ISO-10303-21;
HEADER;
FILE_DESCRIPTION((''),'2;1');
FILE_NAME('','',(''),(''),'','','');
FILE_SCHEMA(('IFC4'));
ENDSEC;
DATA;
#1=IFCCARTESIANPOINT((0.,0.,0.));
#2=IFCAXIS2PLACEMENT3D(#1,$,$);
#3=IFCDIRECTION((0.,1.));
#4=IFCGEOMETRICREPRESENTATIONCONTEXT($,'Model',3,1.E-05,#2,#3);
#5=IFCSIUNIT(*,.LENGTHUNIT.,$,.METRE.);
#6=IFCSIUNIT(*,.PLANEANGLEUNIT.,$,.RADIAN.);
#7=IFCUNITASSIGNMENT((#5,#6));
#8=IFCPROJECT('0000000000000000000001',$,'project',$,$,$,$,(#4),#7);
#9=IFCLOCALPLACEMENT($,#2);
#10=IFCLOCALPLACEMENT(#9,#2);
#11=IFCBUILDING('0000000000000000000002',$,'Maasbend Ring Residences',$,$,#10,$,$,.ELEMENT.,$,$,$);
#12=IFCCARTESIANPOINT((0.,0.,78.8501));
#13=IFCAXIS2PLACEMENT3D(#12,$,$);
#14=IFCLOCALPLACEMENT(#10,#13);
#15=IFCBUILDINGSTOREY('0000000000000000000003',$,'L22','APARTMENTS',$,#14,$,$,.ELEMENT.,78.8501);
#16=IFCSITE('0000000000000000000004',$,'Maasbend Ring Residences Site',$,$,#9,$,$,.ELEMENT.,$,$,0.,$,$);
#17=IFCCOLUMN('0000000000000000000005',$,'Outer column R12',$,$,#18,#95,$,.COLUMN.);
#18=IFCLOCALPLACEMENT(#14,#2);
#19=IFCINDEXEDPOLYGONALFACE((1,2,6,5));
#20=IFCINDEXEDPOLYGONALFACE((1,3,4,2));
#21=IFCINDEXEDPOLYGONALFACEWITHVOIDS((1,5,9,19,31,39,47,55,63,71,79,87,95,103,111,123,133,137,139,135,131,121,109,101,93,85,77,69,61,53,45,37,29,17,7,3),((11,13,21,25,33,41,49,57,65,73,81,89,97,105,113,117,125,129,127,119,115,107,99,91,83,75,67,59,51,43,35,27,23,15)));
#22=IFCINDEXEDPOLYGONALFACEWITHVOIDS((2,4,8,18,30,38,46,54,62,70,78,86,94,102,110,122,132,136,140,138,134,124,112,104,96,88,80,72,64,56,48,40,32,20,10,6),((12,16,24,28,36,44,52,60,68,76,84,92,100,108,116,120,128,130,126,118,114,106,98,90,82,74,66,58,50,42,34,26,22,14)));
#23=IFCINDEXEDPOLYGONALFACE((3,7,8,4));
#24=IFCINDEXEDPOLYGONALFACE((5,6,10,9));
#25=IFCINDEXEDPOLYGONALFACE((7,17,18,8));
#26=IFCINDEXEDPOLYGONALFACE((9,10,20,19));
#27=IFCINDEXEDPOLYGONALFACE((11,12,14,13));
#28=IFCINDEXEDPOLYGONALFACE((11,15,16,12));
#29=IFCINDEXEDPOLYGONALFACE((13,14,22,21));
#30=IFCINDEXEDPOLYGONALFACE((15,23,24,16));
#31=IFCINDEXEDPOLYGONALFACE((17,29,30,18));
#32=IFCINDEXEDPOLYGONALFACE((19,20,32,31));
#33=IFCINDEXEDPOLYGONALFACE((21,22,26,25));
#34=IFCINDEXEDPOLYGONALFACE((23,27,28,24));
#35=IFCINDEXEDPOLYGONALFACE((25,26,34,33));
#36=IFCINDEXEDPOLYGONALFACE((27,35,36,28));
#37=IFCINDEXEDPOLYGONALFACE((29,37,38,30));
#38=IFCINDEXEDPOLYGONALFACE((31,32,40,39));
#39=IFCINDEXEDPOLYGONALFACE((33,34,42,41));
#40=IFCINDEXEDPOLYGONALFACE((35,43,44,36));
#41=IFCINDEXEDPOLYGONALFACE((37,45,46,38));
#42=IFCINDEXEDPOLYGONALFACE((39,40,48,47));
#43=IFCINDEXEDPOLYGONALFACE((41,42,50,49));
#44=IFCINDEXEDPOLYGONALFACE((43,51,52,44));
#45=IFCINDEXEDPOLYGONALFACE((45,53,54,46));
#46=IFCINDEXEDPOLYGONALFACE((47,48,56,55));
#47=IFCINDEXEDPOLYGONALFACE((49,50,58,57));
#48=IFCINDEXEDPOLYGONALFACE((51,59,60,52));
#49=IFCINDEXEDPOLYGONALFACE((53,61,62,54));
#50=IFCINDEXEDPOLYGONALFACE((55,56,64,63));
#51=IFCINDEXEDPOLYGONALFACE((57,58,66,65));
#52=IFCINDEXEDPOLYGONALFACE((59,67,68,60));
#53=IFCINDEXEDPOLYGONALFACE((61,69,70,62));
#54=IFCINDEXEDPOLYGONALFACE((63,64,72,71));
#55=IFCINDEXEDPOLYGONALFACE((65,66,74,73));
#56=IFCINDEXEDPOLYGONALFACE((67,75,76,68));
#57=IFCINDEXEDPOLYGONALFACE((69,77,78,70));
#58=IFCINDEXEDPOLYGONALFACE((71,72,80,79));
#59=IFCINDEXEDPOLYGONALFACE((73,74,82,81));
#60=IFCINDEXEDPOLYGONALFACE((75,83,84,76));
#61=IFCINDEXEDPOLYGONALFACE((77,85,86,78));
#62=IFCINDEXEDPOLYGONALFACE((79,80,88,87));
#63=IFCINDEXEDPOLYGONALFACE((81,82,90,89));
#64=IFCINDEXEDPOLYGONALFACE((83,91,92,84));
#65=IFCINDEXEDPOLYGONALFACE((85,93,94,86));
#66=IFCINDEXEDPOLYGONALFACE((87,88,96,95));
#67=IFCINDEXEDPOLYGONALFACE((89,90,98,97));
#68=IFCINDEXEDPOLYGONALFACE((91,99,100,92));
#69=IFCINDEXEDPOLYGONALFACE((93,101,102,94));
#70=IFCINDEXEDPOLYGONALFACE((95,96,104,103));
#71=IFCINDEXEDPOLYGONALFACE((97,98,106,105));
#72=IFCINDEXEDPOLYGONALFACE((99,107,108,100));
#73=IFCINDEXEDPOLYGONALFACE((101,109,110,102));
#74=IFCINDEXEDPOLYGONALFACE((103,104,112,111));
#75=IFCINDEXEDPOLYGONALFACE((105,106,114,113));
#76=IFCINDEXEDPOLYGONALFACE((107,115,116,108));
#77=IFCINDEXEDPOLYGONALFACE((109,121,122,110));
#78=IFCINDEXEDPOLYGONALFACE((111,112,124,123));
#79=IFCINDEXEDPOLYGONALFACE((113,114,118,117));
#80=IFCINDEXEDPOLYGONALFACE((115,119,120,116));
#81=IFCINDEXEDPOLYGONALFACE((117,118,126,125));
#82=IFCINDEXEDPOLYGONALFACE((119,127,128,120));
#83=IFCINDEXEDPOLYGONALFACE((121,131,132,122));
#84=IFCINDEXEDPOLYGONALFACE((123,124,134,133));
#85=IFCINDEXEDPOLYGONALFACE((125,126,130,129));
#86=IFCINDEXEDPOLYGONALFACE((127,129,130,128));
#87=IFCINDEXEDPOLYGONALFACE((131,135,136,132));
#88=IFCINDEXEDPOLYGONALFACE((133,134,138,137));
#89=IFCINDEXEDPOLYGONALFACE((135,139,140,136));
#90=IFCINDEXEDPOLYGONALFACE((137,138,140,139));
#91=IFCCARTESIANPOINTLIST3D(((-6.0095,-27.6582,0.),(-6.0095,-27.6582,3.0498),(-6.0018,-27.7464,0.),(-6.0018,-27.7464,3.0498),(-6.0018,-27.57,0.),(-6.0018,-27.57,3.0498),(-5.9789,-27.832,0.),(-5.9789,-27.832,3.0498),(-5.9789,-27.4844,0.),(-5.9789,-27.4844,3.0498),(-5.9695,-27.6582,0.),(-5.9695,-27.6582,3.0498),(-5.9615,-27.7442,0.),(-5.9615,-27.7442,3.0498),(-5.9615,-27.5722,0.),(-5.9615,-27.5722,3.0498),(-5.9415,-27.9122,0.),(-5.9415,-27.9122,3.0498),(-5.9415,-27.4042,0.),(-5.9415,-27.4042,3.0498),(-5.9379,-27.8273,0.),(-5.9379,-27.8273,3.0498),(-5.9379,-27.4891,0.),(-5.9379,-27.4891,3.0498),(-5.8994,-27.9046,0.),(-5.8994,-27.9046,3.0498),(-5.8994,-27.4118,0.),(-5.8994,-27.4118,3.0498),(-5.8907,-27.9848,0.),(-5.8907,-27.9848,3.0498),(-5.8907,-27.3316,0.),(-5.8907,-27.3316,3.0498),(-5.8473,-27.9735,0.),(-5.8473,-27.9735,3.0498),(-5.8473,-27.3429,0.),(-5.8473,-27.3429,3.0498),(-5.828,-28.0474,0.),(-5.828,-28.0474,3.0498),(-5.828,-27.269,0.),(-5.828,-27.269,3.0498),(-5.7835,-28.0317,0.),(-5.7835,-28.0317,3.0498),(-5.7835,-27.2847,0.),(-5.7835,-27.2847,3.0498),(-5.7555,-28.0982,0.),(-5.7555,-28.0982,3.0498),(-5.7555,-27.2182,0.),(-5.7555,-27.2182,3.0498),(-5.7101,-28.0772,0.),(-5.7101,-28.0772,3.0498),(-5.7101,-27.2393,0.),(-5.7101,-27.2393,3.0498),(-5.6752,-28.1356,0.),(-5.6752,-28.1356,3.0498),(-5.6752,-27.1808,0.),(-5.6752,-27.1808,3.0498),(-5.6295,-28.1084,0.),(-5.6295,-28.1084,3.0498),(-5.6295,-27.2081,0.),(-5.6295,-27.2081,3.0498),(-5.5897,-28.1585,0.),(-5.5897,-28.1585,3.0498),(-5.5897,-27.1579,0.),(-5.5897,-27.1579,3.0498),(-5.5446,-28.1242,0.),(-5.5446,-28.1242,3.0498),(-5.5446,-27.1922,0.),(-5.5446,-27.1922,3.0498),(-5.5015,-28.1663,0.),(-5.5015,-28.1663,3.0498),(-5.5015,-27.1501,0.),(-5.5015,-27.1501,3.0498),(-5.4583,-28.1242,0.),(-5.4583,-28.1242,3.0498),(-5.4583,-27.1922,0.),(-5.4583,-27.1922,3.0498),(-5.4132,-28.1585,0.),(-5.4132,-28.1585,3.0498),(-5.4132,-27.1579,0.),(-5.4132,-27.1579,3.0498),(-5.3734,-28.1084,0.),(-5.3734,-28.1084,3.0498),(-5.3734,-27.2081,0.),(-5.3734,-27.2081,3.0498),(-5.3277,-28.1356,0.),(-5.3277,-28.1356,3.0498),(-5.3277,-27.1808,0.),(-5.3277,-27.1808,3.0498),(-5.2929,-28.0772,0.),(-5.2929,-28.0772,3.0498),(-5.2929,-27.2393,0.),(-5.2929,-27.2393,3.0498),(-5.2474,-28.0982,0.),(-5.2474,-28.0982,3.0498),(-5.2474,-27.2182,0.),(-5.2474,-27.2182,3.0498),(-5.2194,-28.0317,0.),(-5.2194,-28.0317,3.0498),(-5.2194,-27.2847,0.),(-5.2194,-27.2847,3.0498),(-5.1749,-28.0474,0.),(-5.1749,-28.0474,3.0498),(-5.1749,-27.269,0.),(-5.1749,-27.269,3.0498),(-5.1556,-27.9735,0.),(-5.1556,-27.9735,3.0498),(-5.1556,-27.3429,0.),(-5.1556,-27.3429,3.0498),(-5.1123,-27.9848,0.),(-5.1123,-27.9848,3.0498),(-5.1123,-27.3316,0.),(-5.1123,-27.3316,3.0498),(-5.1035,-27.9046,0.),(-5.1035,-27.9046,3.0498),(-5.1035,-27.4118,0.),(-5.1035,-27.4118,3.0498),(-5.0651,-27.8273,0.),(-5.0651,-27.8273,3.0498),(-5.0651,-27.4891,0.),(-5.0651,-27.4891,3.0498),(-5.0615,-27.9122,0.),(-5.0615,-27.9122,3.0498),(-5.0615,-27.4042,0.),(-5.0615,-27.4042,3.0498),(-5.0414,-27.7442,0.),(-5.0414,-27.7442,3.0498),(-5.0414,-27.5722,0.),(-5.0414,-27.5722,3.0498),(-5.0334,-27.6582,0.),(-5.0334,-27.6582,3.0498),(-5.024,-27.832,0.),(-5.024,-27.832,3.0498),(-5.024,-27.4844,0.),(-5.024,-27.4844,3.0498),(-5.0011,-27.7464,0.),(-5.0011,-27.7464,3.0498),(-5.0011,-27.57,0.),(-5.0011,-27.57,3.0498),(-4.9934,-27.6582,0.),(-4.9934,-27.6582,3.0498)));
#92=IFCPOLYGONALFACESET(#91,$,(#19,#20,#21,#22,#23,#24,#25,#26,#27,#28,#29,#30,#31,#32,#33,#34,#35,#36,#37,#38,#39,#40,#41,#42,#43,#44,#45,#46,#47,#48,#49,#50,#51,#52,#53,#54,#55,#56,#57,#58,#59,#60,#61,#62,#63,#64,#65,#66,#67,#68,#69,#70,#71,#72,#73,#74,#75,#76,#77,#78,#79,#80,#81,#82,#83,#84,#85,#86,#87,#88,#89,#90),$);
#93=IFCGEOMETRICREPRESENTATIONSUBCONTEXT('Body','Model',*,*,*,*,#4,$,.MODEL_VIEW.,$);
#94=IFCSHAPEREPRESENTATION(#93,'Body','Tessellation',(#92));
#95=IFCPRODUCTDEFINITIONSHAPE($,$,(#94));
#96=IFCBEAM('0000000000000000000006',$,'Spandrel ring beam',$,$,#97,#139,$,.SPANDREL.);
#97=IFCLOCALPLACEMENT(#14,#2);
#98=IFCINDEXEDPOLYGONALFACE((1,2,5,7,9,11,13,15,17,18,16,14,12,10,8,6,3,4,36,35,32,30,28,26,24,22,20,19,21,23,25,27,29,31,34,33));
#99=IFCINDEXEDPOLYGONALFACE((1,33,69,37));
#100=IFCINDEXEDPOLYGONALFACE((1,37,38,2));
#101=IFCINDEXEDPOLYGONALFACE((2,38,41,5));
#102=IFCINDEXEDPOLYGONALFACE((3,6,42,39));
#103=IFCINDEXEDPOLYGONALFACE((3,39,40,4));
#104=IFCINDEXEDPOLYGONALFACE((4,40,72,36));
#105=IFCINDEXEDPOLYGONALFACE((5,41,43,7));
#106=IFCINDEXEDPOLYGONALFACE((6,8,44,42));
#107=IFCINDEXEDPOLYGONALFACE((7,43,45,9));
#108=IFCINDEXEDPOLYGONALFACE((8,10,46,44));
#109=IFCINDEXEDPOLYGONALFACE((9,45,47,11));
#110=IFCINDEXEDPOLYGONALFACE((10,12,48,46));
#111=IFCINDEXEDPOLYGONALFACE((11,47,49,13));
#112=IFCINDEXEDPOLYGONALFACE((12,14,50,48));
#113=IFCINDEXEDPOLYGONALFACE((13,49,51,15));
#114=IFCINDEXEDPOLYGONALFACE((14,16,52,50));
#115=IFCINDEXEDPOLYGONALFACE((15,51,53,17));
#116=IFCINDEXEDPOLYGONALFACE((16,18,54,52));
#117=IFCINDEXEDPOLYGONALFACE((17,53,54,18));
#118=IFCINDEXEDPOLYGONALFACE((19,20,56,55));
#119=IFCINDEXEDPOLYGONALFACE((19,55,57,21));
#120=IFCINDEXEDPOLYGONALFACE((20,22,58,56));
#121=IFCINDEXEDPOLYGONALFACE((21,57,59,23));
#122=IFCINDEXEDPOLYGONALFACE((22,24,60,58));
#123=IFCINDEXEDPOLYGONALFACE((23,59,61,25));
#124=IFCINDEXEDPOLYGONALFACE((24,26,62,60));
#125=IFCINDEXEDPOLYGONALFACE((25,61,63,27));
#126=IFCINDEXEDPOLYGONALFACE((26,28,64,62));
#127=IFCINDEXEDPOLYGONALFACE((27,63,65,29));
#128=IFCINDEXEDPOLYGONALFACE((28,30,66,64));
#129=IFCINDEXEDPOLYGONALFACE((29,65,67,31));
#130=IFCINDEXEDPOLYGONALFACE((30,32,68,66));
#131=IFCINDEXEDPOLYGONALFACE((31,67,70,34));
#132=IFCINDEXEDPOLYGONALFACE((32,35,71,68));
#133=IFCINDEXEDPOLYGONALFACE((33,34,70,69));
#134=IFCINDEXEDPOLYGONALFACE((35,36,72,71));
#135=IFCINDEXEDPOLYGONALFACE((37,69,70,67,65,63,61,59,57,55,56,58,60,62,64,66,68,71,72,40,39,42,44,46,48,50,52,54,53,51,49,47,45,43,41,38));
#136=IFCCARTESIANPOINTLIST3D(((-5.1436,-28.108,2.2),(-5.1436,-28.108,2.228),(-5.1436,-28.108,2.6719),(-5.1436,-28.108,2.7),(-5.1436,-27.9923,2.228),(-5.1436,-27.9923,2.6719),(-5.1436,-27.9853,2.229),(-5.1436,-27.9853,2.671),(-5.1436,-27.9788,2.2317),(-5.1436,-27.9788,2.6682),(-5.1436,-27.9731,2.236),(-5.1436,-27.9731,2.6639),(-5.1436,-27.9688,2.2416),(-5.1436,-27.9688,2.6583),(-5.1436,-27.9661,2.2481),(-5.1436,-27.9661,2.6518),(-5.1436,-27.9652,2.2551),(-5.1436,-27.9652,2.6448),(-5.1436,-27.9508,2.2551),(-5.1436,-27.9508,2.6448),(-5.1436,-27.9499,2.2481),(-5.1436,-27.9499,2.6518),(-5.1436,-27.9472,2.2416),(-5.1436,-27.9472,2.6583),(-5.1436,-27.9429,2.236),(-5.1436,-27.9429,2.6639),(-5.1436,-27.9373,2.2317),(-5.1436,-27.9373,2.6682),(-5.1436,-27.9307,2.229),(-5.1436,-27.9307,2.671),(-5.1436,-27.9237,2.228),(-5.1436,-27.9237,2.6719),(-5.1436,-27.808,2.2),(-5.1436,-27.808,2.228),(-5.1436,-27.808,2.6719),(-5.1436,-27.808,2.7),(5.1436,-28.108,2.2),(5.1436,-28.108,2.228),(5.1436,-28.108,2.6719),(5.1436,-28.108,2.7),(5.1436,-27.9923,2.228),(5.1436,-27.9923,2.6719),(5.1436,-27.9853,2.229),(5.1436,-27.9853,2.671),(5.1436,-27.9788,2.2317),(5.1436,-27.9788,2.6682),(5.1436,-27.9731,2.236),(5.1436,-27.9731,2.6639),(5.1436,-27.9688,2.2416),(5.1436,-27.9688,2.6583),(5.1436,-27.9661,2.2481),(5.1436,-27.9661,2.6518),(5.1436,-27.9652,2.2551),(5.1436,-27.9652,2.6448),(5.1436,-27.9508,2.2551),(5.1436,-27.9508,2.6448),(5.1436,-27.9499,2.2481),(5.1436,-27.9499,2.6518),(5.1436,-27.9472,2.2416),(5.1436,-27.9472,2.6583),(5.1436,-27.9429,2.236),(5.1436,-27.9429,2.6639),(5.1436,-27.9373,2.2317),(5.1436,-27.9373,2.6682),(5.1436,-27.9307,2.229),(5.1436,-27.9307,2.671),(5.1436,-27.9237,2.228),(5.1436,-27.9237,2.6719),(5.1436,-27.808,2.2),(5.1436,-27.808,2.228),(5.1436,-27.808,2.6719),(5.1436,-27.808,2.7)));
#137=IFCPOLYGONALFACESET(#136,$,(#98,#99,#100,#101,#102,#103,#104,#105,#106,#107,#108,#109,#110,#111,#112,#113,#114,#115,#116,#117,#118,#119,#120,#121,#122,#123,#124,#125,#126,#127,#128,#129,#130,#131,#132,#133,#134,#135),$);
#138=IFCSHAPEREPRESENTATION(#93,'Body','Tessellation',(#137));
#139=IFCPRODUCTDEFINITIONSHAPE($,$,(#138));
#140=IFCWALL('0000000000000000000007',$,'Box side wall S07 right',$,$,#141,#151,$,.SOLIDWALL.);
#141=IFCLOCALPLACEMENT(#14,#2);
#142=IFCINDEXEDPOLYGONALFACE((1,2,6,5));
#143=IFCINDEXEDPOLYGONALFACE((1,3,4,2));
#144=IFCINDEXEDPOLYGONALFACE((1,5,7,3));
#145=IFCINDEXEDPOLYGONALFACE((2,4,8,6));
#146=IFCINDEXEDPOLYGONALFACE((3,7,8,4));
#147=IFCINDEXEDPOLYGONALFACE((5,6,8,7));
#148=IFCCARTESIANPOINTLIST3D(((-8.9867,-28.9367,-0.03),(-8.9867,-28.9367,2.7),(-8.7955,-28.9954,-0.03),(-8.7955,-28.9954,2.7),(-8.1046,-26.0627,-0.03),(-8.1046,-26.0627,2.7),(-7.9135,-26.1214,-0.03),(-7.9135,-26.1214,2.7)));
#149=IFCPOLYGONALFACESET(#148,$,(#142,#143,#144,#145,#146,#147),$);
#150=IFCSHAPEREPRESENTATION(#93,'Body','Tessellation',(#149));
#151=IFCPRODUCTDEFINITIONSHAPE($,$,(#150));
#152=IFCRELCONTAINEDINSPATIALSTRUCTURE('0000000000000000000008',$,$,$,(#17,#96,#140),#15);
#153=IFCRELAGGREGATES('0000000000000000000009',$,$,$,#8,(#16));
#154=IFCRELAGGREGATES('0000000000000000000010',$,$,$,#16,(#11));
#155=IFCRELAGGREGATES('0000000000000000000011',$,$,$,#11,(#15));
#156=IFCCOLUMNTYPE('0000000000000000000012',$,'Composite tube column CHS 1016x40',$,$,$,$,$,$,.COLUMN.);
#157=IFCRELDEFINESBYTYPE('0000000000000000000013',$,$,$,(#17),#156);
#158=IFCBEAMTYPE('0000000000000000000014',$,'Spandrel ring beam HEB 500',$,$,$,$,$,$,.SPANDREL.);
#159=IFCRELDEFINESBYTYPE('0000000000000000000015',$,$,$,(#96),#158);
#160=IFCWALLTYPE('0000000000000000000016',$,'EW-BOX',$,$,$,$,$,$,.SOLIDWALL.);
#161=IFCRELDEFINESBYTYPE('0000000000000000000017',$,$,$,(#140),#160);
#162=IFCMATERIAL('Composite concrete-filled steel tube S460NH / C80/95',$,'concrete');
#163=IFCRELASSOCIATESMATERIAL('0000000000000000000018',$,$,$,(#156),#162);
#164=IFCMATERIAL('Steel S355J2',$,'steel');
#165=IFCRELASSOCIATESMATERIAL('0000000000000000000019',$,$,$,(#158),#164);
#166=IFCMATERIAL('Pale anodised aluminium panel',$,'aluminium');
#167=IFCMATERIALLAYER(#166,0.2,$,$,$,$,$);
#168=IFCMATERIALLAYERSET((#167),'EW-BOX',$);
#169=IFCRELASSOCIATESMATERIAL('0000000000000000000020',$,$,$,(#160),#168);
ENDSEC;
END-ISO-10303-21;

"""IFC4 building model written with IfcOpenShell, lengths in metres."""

from ifc_helpers import new_model, si_unit, direction, frame, frame_2d, origin, origin_2d, place, context, subcontext, project, spatial, rectangle, hollow_circle, i_section, extrude, material, layer, layer_set, material_profile, profile_set, type_object, element, save


model = new_model("IFC4")

# Units and contexts
model_context = context("Model", 3, precision=1e-05, world=origin(), true_north=direction((0.0, 1.0)))
body_context = subcontext(model_context, "Body", "Model", "MODEL_VIEW")
ifc_project = project(units=[si_unit("LENGTHUNIT", "METRE"), si_unit("PLANEANGLEUNIT", "RADIAN")], contexts=[model_context])

# Site, building, storey
site_placement = place(None, origin())
site = spatial("IfcSite", under=ifc_project, at=site_placement, Name="Maasbend Ring Residences Site", CompositionType="ELEMENT", RefElevation=0.0)
building_placement = place(site_placement, origin())
building = spatial("IfcBuilding", under=site, at=building_placement, Name="Maasbend Ring Residences", CompositionType="ELEMENT")
storey_placement = place(building_placement, frame((0.0, 0.0, 78.8501)))
storey = spatial("IfcBuildingStorey", under=building, at=storey_placement, Name="L22", Description="APARTMENTS", CompositionType="ELEMENT", Elevation=78.8501)

# Column
ifc_material_1 = material(Name="Composite concrete-filled steel tube S460NH / C80/95", Category="concrete")
ifc_material_profile_1 = material_profile(ifc_material_1, hollow_circle(Radius=0.5081, WallThickness=0.04, at=origin_2d()), Name="Composite tube column CHS 1016x40")
ifc_profile_set_1 = profile_set([ifc_material_profile_1], Name="Composite concrete-filled steel tube S460NH / C80/95")
column_type = type_object("IfcColumnType", Name="Composite tube column CHS 1016x40", PredefinedType="COLUMN", material=ifc_profile_set_1)
column_placement = place(storey_placement, frame((-5.5015, -27.6582, 0.0), z_axis=(0.0, 0.0, 1.0), x_axis=(1.0, 0.0, 0.0)))
element("IfcColumn", 1, at=column_placement, inside=storey, type_object=column_type, Name="Outer column R12", PredefinedType="COLUMN", context=body_context, shape_type="SweptSolid", body=[
    extrude(hollow_circle(Radius=0.5081, WallThickness=0.04, at=origin_2d()), origin(), (0.0, 0.0, 1.0), 3.0498),
])

# Beam
ifc_material_2 = material(Name="Steel S355J2", Category="steel")
ifc_material_profile_2 = material_profile(ifc_material_2, i_section(OverallWidth=0.3, OverallDepth=0.5, WebThickness=0.0144, FlangeThickness=0.0281, FilletRadius=0.0271, at=origin_2d()), Name="HEB 500")
ifc_profile_set_2 = profile_set([ifc_material_profile_2], Name="Steel S355J2")
beam_type = type_object("IfcBeamType", Name="Spandrel ring beam HEB 500", PredefinedType="SPANDREL", material=ifc_profile_set_2)
beam_placement = place(storey_placement, frame((-5.1436, -27.958, 2.45), z_axis=(1.0, 0.0, 0.0), x_axis=(0.0, 1.0, 0.0)))
element("IfcBeam", 2, at=beam_placement, inside=storey, type_object=beam_type, Name="Spandrel ring beam", PredefinedType="SPANDREL", context=body_context, shape_type="SweptSolid", body=[
    extrude(i_section(OverallWidth=0.3, OverallDepth=0.5, WebThickness=0.0144, FlangeThickness=0.0281, FilletRadius=0.0271, at=origin_2d()), origin(), (0.0, 0.0, 1.0), 10.2871),
])

# Wall
ifc_material_3 = material(Name="Pale anodised aluminium panel", Category="aluminium")
ifc_layer_1 = layer(ifc_material_3, 0.2)
ifc_layer_set_1 = layer_set([ifc_layer_1], Name="EW-BOX")
wall_type_1 = type_object("IfcWallType", Name="EW-BOX", PredefinedType="SOLIDWALL", material=ifc_layer_set_1)
wall_1_placement = place(storey_placement, frame((-8.009, -26.092, -0.03), z_axis=(0.0, 0.0, 1.0), x_axis=(-0.293407, -0.955988, 0.0)))
element("IfcWall", 3, at=wall_1_placement, inside=storey, type_object=wall_type_1, Name="Box side wall S07 right", PredefinedType="SOLIDWALL", context=body_context, shape_type="SweptSolid", body=[
    extrude(rectangle(XDim=3.0063, YDim=0.2, at=frame_2d((1.5032, 0.0))), origin(), (0.0, 0.0, 1.0), 2.73),
])

save(model, "model.ifc")
